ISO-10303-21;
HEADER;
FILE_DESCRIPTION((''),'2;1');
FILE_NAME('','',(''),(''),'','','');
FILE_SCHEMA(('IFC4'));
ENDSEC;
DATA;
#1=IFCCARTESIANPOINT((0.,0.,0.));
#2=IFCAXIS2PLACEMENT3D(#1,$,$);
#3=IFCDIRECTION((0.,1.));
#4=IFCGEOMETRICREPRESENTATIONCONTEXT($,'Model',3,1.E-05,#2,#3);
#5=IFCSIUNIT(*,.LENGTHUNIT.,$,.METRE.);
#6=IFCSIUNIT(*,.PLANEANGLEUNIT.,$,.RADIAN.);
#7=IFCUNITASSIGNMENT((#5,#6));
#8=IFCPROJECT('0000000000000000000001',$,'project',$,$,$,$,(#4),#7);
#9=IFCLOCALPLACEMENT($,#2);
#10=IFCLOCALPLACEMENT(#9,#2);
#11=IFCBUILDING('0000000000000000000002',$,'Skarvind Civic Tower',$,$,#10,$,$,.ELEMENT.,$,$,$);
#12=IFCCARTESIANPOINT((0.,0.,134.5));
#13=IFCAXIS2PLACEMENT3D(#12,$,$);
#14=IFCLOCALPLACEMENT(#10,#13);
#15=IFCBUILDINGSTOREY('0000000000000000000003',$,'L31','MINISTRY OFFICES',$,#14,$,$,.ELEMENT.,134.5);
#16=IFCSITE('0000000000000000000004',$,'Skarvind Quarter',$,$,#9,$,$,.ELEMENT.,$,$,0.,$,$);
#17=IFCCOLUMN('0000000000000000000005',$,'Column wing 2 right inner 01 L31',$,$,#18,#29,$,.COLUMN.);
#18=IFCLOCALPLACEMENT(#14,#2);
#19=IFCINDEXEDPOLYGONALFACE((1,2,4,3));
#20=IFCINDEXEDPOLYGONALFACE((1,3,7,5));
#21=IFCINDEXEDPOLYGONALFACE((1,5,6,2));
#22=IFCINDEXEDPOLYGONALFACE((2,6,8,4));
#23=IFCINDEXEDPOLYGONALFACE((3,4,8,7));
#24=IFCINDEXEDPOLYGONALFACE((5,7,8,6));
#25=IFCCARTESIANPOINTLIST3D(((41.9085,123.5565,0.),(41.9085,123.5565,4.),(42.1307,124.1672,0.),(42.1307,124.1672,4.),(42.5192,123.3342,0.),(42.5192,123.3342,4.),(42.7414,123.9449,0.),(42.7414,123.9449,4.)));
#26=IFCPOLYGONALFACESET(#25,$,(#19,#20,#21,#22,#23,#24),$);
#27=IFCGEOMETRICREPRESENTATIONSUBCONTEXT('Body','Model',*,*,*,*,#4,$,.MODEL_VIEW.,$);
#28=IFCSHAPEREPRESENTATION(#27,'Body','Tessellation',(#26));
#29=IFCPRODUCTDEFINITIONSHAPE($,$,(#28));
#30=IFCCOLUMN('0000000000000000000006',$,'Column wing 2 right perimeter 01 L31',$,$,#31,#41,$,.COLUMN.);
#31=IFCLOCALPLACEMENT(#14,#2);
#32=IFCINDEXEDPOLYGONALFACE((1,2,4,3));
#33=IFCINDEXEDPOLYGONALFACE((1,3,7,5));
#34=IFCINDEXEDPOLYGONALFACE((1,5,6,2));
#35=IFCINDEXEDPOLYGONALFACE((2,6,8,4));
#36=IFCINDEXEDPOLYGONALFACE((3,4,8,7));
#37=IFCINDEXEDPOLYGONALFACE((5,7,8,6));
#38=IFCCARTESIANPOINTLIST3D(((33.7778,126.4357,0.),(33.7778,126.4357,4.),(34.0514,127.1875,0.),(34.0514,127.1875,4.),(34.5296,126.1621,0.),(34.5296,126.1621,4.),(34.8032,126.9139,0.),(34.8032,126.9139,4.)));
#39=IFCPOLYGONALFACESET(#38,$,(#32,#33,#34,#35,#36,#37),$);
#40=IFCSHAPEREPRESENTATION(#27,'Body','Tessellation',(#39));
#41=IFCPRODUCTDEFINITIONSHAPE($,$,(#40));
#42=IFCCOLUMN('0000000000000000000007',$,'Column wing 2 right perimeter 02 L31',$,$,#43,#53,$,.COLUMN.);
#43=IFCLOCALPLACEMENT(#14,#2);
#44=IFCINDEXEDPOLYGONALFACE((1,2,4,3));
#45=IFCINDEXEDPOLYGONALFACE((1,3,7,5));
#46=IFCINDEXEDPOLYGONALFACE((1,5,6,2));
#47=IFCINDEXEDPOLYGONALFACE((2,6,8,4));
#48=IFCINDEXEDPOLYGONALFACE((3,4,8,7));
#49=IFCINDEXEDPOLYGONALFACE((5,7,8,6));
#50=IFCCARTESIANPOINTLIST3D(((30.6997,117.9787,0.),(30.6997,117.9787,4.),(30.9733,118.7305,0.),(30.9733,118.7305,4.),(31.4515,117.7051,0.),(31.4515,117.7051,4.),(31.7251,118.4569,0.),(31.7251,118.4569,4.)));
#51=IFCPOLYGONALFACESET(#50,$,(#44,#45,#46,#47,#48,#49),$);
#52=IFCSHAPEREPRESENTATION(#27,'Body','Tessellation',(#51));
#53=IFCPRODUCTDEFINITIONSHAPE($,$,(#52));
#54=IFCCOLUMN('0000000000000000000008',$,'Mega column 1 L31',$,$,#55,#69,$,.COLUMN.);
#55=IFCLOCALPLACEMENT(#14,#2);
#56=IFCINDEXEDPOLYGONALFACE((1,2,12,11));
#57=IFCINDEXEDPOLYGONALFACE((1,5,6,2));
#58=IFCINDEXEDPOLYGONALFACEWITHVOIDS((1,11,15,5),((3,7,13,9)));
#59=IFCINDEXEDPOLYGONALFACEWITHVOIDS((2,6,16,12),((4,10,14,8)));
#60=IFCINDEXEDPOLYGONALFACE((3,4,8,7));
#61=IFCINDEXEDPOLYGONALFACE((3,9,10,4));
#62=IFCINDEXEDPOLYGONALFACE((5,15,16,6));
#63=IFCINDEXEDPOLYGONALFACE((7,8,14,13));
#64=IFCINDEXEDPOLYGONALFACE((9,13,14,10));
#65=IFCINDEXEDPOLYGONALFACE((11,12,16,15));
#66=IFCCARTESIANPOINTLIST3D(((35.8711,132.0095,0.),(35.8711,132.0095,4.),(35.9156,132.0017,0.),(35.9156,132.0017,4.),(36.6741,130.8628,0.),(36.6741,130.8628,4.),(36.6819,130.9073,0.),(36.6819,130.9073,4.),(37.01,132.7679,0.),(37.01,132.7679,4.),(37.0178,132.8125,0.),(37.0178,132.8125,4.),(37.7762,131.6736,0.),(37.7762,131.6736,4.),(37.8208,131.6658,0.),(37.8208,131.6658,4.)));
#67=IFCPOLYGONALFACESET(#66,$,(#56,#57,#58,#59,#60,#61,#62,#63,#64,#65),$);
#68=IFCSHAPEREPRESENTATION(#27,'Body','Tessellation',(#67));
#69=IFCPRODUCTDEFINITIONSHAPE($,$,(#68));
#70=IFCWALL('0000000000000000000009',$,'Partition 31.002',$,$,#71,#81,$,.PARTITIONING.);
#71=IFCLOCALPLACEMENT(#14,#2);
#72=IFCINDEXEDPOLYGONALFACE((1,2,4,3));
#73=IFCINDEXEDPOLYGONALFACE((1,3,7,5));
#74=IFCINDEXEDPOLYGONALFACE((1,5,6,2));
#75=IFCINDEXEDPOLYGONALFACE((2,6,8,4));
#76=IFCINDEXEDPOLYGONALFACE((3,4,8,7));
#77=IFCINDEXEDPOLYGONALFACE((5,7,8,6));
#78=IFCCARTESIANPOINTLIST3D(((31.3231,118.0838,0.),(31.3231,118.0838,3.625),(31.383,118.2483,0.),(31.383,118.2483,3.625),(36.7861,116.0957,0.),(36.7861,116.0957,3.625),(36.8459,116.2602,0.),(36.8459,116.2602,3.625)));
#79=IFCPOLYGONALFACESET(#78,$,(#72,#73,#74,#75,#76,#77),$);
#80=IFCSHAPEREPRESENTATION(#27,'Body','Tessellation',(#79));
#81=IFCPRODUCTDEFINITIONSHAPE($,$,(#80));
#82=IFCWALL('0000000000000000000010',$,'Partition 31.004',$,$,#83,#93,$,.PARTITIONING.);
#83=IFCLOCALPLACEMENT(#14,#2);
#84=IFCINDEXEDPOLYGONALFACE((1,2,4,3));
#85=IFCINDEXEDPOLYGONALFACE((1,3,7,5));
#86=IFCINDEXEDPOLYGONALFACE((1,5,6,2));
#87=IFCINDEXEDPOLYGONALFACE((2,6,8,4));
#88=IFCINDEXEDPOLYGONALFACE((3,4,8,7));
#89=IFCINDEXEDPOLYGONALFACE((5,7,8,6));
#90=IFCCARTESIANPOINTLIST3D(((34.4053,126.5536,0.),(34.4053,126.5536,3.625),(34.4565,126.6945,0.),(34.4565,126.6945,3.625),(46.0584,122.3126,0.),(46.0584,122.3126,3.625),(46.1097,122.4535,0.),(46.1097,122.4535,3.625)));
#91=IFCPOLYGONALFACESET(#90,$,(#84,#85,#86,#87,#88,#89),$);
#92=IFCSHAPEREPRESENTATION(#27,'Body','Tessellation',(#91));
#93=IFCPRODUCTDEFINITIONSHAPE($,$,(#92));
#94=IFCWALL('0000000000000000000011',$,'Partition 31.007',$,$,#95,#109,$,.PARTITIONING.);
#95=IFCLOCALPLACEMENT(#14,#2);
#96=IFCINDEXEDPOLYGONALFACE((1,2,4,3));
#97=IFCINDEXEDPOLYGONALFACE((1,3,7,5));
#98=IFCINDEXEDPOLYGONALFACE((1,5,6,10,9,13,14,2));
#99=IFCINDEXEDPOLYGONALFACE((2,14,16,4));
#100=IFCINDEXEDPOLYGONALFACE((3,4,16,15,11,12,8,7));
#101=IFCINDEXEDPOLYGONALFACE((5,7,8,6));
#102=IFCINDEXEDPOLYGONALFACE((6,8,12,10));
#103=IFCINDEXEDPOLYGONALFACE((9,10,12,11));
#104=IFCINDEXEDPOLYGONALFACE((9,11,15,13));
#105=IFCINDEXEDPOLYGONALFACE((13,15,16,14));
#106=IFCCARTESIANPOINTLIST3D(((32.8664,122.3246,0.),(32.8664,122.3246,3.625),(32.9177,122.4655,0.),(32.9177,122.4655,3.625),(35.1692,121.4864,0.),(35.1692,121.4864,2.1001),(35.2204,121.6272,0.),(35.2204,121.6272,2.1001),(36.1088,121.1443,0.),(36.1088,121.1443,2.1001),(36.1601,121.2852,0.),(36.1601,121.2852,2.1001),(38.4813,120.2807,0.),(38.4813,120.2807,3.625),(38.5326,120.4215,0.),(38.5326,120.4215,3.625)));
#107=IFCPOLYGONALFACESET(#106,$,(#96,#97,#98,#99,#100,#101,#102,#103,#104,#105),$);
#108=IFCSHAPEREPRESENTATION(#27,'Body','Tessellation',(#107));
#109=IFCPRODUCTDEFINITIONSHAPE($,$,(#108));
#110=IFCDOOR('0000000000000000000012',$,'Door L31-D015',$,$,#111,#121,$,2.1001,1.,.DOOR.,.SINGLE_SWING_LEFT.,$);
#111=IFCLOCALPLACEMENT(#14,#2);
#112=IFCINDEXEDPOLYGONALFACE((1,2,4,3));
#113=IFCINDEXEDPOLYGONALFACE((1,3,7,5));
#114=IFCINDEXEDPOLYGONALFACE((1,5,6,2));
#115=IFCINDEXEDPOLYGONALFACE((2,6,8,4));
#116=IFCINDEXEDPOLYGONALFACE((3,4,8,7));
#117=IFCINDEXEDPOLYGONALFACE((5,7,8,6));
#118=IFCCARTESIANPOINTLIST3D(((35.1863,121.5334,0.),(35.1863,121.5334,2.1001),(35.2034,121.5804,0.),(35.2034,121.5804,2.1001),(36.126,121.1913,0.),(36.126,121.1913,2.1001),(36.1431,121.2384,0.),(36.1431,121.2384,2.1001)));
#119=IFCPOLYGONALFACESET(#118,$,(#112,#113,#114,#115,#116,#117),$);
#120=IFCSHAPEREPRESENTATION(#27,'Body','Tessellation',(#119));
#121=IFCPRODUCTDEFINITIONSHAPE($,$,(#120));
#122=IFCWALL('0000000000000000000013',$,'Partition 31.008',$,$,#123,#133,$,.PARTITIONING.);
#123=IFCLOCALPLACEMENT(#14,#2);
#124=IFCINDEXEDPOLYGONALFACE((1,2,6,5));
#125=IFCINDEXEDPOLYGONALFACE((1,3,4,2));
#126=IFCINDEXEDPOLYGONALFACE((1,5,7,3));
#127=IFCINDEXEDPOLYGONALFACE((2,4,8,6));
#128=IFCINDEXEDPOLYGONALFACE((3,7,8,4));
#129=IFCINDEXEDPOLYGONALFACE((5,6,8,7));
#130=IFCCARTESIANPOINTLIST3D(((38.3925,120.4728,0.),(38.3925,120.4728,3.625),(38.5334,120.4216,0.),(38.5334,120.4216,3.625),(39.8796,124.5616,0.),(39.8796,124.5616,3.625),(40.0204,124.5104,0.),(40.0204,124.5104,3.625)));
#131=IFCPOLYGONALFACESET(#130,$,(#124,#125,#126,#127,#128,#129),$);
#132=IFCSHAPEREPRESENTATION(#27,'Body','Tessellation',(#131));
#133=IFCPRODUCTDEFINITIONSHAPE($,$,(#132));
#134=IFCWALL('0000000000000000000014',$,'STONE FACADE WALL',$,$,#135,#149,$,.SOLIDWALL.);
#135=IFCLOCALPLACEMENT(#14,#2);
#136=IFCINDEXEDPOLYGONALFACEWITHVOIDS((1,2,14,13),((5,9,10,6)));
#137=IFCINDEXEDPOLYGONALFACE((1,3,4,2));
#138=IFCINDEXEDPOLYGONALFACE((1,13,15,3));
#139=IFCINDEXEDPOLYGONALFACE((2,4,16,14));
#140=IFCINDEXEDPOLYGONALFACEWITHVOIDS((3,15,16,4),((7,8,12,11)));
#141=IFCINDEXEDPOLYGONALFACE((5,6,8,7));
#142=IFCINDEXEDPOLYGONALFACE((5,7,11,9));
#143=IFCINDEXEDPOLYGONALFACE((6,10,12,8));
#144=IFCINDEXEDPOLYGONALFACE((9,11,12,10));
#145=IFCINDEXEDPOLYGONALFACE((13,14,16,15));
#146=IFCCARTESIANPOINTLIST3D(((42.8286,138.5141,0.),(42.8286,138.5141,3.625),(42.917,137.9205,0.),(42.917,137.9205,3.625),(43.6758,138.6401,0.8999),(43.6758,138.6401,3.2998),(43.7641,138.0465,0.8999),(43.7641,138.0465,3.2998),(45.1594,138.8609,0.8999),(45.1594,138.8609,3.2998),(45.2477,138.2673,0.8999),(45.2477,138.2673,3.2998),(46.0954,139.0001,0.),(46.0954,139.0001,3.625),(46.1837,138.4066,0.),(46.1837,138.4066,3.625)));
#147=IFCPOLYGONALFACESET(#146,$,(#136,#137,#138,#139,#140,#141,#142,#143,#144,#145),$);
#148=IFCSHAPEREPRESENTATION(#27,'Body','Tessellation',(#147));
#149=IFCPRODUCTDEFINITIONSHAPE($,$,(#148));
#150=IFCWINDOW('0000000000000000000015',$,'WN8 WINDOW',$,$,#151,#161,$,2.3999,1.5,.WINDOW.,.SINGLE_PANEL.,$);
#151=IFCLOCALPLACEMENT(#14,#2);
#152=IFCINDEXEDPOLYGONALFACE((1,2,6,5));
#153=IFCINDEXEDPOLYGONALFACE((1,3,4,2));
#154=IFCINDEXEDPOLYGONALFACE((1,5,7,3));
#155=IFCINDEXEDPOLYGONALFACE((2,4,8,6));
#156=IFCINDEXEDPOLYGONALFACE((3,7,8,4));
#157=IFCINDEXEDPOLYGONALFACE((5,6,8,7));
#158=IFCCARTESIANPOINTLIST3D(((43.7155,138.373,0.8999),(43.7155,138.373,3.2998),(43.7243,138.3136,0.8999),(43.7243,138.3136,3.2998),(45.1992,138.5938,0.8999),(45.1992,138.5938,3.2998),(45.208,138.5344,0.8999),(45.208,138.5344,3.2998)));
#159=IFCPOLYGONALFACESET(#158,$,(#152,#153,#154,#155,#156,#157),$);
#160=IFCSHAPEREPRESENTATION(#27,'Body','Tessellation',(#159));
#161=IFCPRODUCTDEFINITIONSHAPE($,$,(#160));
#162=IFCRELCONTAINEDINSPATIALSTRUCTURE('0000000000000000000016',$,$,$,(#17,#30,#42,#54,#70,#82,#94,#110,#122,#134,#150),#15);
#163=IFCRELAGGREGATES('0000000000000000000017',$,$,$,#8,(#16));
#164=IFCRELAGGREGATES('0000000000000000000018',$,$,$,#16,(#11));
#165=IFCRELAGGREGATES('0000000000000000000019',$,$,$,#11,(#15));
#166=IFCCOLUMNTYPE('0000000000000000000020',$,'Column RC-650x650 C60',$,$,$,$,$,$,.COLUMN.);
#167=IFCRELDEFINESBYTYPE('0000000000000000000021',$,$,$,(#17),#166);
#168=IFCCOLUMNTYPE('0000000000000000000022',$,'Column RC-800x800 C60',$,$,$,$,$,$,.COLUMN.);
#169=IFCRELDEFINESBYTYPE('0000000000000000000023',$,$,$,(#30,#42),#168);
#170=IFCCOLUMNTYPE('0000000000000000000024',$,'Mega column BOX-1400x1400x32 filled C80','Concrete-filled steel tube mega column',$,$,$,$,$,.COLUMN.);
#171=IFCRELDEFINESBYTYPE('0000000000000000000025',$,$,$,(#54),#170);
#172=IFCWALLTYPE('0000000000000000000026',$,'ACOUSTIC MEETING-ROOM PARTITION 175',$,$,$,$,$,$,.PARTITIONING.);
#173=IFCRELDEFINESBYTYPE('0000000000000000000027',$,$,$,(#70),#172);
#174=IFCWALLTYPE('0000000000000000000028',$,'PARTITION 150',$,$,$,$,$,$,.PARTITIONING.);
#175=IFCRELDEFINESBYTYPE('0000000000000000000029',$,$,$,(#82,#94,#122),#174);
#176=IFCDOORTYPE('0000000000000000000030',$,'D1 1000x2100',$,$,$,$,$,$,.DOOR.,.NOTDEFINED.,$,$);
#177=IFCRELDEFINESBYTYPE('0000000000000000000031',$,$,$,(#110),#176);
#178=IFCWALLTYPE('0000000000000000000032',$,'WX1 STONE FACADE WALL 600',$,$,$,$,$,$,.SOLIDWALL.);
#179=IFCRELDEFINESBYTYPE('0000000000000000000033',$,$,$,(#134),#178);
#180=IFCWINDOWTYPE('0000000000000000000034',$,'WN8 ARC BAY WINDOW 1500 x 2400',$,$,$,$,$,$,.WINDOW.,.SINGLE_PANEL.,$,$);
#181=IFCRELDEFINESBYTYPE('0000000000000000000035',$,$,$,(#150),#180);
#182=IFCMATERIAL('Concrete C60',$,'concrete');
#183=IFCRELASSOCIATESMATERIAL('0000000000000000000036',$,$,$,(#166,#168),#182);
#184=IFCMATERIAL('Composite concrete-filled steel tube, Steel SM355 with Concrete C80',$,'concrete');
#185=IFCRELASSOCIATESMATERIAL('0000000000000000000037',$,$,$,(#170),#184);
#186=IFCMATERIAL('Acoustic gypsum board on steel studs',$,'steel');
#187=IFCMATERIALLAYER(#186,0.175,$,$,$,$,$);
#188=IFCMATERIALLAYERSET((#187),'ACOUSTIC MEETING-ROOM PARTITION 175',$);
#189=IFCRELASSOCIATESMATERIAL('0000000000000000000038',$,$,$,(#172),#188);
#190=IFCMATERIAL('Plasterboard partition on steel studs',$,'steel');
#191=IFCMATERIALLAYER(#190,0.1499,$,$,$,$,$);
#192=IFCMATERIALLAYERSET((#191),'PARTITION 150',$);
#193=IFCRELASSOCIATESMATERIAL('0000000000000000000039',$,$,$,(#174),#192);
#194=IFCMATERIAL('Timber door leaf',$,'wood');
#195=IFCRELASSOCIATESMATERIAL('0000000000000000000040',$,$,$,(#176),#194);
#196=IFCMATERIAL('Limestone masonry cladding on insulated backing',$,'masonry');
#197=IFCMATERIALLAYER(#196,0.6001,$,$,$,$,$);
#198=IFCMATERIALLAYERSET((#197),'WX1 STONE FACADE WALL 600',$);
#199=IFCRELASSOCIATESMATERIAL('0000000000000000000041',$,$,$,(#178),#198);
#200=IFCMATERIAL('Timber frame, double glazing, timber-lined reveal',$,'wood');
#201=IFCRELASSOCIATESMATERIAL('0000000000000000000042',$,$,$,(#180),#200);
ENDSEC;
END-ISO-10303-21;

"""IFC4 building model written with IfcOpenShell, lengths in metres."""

from ifc_helpers import new_model, si_unit, direction, frame, frame_2d, origin, origin_2d, place, context, subcontext, project, spatial, rectangle, hollow_rectangle, extrude, material, layer, layer_set, material_profile, profile_set, type_object, element, fill, save


model = new_model("IFC4")

# Units and contexts
model_context = context("Model", 3, precision=1e-05, world=origin(), true_north=direction((0.0, 1.0)))
body_context = subcontext(model_context, "Body", "Model", "MODEL_VIEW")
ifc_project = project(units=[si_unit("LENGTHUNIT", "METRE"), si_unit("PLANEANGLEUNIT", "RADIAN")], contexts=[model_context])

# Site, building, storey
site_placement = place(None, origin())
site = spatial("IfcSite", under=ifc_project, at=site_placement, Name="Skarvind Quarter", CompositionType="ELEMENT", RefElevation=0.0)
building_placement = place(site_placement, origin())
building = spatial("IfcBuilding", under=site, at=building_placement, Name="Skarvind Civic Tower", CompositionType="ELEMENT")
storey_placement = place(building_placement, frame((0.0, 0.0, 134.5)))
storey = spatial("IfcBuildingStorey", under=building, at=storey_placement, Name="L31", Description="MINISTRY OFFICES", CompositionType="ELEMENT", Elevation=134.5)

# Columns
ifc_material_1 = material(Name="Concrete C60", Category="concrete")
ifc_material_profile_1 = material_profile(ifc_material_1, rectangle(XDim=0.6499, YDim=0.6499, at=origin_2d()), Name="RC-650x650")
ifc_profile_set_1 = profile_set([ifc_material_profile_1], Name="Concrete C60")
column_type_1 = type_object("IfcColumnType", Name="Column RC-650x650 C60", PredefinedType="COLUMN", material=ifc_profile_set_1)
column_1_placement = place(storey_placement, frame((42.325, 123.7507, 0.0), z_axis=(0.0, 0.0, 1.0), x_axis=(-0.34202, -0.939693, 0.0)))
element("IfcColumn", 1, at=column_1_placement, inside=storey, type_object=column_type_1, Name="Column wing 2 right inner 01 L31", PredefinedType="COLUMN", context=body_context, shape_type="SweptSolid", body=[
    extrude(rectangle(XDim=0.6499, YDim=0.6499, at=origin_2d()), origin(), (0.0, 0.0, 1.0), 4.0),
])
ifc_material_profile_2 = material_profile(ifc_material_1, rectangle(XDim=0.8, YDim=0.8, at=origin_2d()), Name="RC-800x800")
ifc_profile_set_2 = profile_set([ifc_material_profile_2], Name="Concrete C60")
column_type_2 = type_object("IfcColumnType", Name="Column RC-800x800 C60", PredefinedType="COLUMN", material=ifc_profile_set_2)
for number, where, z_axis, x_axis, name in (
    (2, (34.2905, 126.6748, 0.0), (0.0, 0.0, 1.0), (-0.34202, -0.939693, 0.0), "Column wing 2 right perimeter 01 L31"),
    (3, (31.2124, 118.2178, 0.0), (0.0, 0.0, 1.0), (-0.34202, -0.939693, 0.0), "Column wing 2 right perimeter 02 L31"),
):
    element("IfcColumn", number, at=place(storey_placement, frame(where, z_axis=z_axis, x_axis=x_axis)), inside=storey, type_object=column_type_2, Name=name, PredefinedType="COLUMN", context=body_context, shape_type="SweptSolid", body=[
        extrude(rectangle(XDim=0.8, YDim=0.8, at=origin_2d()), origin(), (0.0, 0.0, 1.0), 4.0),
    ])
ifc_material_2 = material(Name="Composite concrete-filled steel tube, Steel SM355 with Concrete C80", Category="concrete")
ifc_material_profile_3 = material_profile(ifc_material_2, hollow_rectangle(XDim=1.3999, YDim=1.3999, WallThickness=0.032, at=origin_2d()), Name="BOX-1400x1400x32")
ifc_profile_set_3 = profile_set([ifc_material_profile_3], Name="Composite concrete-filled steel tube, Steel SM355 with Concrete C80")
column_type_3 = type_object("IfcColumnType", Name="Mega column BOX-1400x1400x32 filled C80", Description="Concrete-filled steel tube mega column", PredefinedType="COLUMN", material=ifc_profile_set_3)
column_2_placement = place(storey_placement, frame((36.8459, 131.8376, 0.0), z_axis=(0.0, 0.0, 1.0), x_axis=(0.573576, -0.819152, 0.0)))
element("IfcColumn", 4, at=column_2_placement, inside=storey, type_object=column_type_3, Name="Mega column 1 L31", PredefinedType="COLUMN", context=body_context, shape_type="SweptSolid", body=[
    extrude(hollow_rectangle(XDim=1.3999, YDim=1.3999, WallThickness=0.032, at=origin_2d()), origin(), (0.0, 0.0, 1.0), 4.0),
])

# Walls
ifc_material_3 = material(Name="Acoustic gypsum board on steel studs", Category="steel")
ifc_layer_1 = layer(ifc_material_3, 0.175)
ifc_layer_set_1 = layer_set([ifc_layer_1], Name="ACOUSTIC MEETING-ROOM PARTITION 175")
wall_type_1 = type_object("IfcWallType", Name="ACOUSTIC MEETING-ROOM PARTITION 175", PredefinedType="PARTITIONING", material=ifc_layer_set_1)
wall_1_placement = place(storey_placement, frame((31.353, 118.166, 0.0), z_axis=(0.0, 0.0, 1.0), x_axis=(0.939709, -0.341976, 0.0)))
element("IfcWall", 5, at=wall_1_placement, inside=storey, type_object=wall_type_1, Name="Partition 31.002", PredefinedType="PARTITIONING", context=body_context, shape_type="SweptSolid", body=[
    extrude(rectangle(XDim=5.8135, YDim=0.175, at=frame_2d((2.9067, 0.0))), origin(), (0.0, 0.0, 1.0), 3.625),
])
ifc_material_4 = material(Name="Plasterboard partition on steel studs", Category="steel")
ifc_layer_2 = layer(ifc_material_4, 0.1499)
ifc_layer_set_2 = layer_set([ifc_layer_2], Name="PARTITION 150")
wall_type_2 = type_object("IfcWallType", Name="PARTITION 150", PredefinedType="PARTITIONING", material=ifc_layer_set_2)
wall_2_placement = place(storey_placement, frame((34.4309, 126.624, 0.0), z_axis=(0.0, 0.0, 1.0), x_axis=(0.939703, -0.341991, 0.0)))
element("IfcWall", 6, at=wall_2_placement, inside=storey, type_object=wall_type_2, Name="Partition 31.004", PredefinedType="PARTITIONING", context=body_context, shape_type="SweptSolid", body=[
    extrude(rectangle(XDim=12.4009, YDim=0.1499, at=frame_2d((6.2004, 0.0))), origin(), (0.0, 0.0, 1.0), 3.625),
])

# Wall, opening, door
wall_3_placement = place(storey_placement, frame((38.5071, 120.3511, 0.0), z_axis=(0.0, 0.0, 1.0), x_axis=(-0.939679, 0.342058, 0.0)))
wall_3 = element("IfcWall", 7, at=wall_3_placement, inside=storey, type_object=wall_type_2, Name="Partition 31.007", PredefinedType="PARTITIONING", context=body_context, shape_type="SweptSolid", body=[
    extrude(rectangle(XDim=5.9753, YDim=0.1499, at=frame_2d((2.9878, 0.0))), origin(), (0.0, 0.0, 1.0), 3.625),
])
opening_1_placement = place(wall_3_placement, frame((2.5249, 0.0, 0.0)))
opening_1 = element("IfcOpeningElement", 8, at=opening_1_placement, cuts=wall_3, PredefinedType="OPENING", context=body_context, shape_type="SweptSolid", body=[
    extrude(rectangle(XDim=1.0, YDim=2.1001, at=frame_2d((0.5, 1.05))), frame((0.0, 0.085, 0.0), z_axis=(0.0, -1.0, 0.0), x_axis=(1.0, 0.0, 0.0)), (0.0, 0.0, 1.0), 0.1699),
])
ifc_material_5 = material(Name="Timber door leaf", Category="wood")
door_type = type_object("IfcDoorType", Name="D1 1000x2100", OperationType="NOTDEFINED", PredefinedType="DOOR", material=ifc_material_5)
door_placement = place(opening_1_placement, origin())
door = element("IfcDoor", 9, at=door_placement, inside=storey, type_object=door_type, Name="Door L31-D015", OperationType="SINGLE_SWING_LEFT", OverallHeight=2.1001, OverallWidth=1.0, PredefinedType="DOOR", context=body_context, shape_type="SweptSolid", body=[
    extrude(rectangle(XDim=1.0, YDim=2.1001, at=frame_2d((0.5, 1.05))), frame((0.0, 0.0249, 0.0), z_axis=(0.0, -1.0, 0.0), x_axis=(1.0, 0.0, 0.0)), (0.0, 0.0, 1.0), 0.05),
])
fill(opening_1, door)

# Wall
wall_4_placement = place(storey_placement, frame((39.95, 124.5359, 0.0), z_axis=(0.0, 0.0, 1.0), x_axis=(-0.341784, -0.939779, 0.0)))
element("IfcWall", 10, at=wall_4_placement, inside=storey, type_object=wall_type_2, Name="Partition 31.008", PredefinedType="PARTITIONING", context=body_context, shape_type="SweptSolid", body=[
    extrude(rectangle(XDim=4.3508, YDim=0.1499, at=frame_2d((2.1753, 0.0))), origin(), (0.0, 0.0, 1.0), 3.625),
])

# Wall, opening, window
ifc_material_6 = material(Name="Limestone masonry cladding on insulated backing", Category="masonry")
ifc_layer_3 = layer(ifc_material_6, 0.6001)
ifc_layer_set_3 = layer_set([ifc_layer_3], Name="WX1 STONE FACADE WALL 600")
wall_type_3 = type_object("IfcWallType", Name="WX1 STONE FACADE WALL 600", PredefinedType="SOLIDWALL", material=ifc_layer_set_3)
wall_5_placement = place(storey_placement, frame((42.8728, 138.2173, 0.0), z_axis=(0.0, 0.0, 1.0), x_axis=(0.989111, 0.147173, 0.0)))
wall_5 = element("IfcWall", 11, at=wall_5_placement, inside=storey, type_object=wall_type_3, Name="STONE FACADE WALL", PredefinedType="SOLIDWALL", context=body_context, shape_type="SweptSolid", body=[
    extrude(rectangle(XDim=3.3027, YDim=0.6001, at=frame_2d((1.6514, 0.0))), origin(), (0.0, 0.0, 1.0), 3.625),
])
opening_2_placement = place(wall_5_placement, frame((0.8564, 0.0, 0.8999)))
opening_2 = element("IfcOpeningElement", 12, at=opening_2_placement, cuts=wall_5, PredefinedType="OPENING", context=body_context, shape_type="SweptSolid", body=[
    extrude(rectangle(XDim=1.5, YDim=2.3999, at=frame_2d((0.75, 1.2))), frame((0.0, 0.3101, 0.0), z_axis=(0.0, -1.0, 0.0), x_axis=(1.0, 0.0, 0.0)), (0.0, 0.0, 1.0), 0.6201),
])
ifc_material_7 = material(Name="Timber frame, double glazing, timber-lined reveal", Category="wood")
window_type = type_object("IfcWindowType", Name="WN8 ARC BAY WINDOW 1500 x 2400", PartitioningType="SINGLE_PANEL", PredefinedType="WINDOW", material=ifc_material_7)
window_1_placement = place(opening_2_placement, origin())
window_1 = element("IfcWindow", 13, at=window_1_placement, inside=storey, type_object=window_type, Name="WN8 WINDOW", OverallHeight=2.3999, OverallWidth=1.5, PartitioningType="SINGLE_PANEL", PredefinedType="WINDOW", context=body_context, shape_type="SweptSolid", body=[
    extrude(rectangle(XDim=1.5, YDim=2.3999, at=frame_2d((0.75, 1.2))), frame((0.0, 0.03, 0.0), z_axis=(0.0, -1.0, 0.0), x_axis=(1.0, 0.0, 0.0)), (0.0, 0.0, 1.0), 0.0601),
])
fill(opening_2, window_1)

save(model, "model.ifc")
